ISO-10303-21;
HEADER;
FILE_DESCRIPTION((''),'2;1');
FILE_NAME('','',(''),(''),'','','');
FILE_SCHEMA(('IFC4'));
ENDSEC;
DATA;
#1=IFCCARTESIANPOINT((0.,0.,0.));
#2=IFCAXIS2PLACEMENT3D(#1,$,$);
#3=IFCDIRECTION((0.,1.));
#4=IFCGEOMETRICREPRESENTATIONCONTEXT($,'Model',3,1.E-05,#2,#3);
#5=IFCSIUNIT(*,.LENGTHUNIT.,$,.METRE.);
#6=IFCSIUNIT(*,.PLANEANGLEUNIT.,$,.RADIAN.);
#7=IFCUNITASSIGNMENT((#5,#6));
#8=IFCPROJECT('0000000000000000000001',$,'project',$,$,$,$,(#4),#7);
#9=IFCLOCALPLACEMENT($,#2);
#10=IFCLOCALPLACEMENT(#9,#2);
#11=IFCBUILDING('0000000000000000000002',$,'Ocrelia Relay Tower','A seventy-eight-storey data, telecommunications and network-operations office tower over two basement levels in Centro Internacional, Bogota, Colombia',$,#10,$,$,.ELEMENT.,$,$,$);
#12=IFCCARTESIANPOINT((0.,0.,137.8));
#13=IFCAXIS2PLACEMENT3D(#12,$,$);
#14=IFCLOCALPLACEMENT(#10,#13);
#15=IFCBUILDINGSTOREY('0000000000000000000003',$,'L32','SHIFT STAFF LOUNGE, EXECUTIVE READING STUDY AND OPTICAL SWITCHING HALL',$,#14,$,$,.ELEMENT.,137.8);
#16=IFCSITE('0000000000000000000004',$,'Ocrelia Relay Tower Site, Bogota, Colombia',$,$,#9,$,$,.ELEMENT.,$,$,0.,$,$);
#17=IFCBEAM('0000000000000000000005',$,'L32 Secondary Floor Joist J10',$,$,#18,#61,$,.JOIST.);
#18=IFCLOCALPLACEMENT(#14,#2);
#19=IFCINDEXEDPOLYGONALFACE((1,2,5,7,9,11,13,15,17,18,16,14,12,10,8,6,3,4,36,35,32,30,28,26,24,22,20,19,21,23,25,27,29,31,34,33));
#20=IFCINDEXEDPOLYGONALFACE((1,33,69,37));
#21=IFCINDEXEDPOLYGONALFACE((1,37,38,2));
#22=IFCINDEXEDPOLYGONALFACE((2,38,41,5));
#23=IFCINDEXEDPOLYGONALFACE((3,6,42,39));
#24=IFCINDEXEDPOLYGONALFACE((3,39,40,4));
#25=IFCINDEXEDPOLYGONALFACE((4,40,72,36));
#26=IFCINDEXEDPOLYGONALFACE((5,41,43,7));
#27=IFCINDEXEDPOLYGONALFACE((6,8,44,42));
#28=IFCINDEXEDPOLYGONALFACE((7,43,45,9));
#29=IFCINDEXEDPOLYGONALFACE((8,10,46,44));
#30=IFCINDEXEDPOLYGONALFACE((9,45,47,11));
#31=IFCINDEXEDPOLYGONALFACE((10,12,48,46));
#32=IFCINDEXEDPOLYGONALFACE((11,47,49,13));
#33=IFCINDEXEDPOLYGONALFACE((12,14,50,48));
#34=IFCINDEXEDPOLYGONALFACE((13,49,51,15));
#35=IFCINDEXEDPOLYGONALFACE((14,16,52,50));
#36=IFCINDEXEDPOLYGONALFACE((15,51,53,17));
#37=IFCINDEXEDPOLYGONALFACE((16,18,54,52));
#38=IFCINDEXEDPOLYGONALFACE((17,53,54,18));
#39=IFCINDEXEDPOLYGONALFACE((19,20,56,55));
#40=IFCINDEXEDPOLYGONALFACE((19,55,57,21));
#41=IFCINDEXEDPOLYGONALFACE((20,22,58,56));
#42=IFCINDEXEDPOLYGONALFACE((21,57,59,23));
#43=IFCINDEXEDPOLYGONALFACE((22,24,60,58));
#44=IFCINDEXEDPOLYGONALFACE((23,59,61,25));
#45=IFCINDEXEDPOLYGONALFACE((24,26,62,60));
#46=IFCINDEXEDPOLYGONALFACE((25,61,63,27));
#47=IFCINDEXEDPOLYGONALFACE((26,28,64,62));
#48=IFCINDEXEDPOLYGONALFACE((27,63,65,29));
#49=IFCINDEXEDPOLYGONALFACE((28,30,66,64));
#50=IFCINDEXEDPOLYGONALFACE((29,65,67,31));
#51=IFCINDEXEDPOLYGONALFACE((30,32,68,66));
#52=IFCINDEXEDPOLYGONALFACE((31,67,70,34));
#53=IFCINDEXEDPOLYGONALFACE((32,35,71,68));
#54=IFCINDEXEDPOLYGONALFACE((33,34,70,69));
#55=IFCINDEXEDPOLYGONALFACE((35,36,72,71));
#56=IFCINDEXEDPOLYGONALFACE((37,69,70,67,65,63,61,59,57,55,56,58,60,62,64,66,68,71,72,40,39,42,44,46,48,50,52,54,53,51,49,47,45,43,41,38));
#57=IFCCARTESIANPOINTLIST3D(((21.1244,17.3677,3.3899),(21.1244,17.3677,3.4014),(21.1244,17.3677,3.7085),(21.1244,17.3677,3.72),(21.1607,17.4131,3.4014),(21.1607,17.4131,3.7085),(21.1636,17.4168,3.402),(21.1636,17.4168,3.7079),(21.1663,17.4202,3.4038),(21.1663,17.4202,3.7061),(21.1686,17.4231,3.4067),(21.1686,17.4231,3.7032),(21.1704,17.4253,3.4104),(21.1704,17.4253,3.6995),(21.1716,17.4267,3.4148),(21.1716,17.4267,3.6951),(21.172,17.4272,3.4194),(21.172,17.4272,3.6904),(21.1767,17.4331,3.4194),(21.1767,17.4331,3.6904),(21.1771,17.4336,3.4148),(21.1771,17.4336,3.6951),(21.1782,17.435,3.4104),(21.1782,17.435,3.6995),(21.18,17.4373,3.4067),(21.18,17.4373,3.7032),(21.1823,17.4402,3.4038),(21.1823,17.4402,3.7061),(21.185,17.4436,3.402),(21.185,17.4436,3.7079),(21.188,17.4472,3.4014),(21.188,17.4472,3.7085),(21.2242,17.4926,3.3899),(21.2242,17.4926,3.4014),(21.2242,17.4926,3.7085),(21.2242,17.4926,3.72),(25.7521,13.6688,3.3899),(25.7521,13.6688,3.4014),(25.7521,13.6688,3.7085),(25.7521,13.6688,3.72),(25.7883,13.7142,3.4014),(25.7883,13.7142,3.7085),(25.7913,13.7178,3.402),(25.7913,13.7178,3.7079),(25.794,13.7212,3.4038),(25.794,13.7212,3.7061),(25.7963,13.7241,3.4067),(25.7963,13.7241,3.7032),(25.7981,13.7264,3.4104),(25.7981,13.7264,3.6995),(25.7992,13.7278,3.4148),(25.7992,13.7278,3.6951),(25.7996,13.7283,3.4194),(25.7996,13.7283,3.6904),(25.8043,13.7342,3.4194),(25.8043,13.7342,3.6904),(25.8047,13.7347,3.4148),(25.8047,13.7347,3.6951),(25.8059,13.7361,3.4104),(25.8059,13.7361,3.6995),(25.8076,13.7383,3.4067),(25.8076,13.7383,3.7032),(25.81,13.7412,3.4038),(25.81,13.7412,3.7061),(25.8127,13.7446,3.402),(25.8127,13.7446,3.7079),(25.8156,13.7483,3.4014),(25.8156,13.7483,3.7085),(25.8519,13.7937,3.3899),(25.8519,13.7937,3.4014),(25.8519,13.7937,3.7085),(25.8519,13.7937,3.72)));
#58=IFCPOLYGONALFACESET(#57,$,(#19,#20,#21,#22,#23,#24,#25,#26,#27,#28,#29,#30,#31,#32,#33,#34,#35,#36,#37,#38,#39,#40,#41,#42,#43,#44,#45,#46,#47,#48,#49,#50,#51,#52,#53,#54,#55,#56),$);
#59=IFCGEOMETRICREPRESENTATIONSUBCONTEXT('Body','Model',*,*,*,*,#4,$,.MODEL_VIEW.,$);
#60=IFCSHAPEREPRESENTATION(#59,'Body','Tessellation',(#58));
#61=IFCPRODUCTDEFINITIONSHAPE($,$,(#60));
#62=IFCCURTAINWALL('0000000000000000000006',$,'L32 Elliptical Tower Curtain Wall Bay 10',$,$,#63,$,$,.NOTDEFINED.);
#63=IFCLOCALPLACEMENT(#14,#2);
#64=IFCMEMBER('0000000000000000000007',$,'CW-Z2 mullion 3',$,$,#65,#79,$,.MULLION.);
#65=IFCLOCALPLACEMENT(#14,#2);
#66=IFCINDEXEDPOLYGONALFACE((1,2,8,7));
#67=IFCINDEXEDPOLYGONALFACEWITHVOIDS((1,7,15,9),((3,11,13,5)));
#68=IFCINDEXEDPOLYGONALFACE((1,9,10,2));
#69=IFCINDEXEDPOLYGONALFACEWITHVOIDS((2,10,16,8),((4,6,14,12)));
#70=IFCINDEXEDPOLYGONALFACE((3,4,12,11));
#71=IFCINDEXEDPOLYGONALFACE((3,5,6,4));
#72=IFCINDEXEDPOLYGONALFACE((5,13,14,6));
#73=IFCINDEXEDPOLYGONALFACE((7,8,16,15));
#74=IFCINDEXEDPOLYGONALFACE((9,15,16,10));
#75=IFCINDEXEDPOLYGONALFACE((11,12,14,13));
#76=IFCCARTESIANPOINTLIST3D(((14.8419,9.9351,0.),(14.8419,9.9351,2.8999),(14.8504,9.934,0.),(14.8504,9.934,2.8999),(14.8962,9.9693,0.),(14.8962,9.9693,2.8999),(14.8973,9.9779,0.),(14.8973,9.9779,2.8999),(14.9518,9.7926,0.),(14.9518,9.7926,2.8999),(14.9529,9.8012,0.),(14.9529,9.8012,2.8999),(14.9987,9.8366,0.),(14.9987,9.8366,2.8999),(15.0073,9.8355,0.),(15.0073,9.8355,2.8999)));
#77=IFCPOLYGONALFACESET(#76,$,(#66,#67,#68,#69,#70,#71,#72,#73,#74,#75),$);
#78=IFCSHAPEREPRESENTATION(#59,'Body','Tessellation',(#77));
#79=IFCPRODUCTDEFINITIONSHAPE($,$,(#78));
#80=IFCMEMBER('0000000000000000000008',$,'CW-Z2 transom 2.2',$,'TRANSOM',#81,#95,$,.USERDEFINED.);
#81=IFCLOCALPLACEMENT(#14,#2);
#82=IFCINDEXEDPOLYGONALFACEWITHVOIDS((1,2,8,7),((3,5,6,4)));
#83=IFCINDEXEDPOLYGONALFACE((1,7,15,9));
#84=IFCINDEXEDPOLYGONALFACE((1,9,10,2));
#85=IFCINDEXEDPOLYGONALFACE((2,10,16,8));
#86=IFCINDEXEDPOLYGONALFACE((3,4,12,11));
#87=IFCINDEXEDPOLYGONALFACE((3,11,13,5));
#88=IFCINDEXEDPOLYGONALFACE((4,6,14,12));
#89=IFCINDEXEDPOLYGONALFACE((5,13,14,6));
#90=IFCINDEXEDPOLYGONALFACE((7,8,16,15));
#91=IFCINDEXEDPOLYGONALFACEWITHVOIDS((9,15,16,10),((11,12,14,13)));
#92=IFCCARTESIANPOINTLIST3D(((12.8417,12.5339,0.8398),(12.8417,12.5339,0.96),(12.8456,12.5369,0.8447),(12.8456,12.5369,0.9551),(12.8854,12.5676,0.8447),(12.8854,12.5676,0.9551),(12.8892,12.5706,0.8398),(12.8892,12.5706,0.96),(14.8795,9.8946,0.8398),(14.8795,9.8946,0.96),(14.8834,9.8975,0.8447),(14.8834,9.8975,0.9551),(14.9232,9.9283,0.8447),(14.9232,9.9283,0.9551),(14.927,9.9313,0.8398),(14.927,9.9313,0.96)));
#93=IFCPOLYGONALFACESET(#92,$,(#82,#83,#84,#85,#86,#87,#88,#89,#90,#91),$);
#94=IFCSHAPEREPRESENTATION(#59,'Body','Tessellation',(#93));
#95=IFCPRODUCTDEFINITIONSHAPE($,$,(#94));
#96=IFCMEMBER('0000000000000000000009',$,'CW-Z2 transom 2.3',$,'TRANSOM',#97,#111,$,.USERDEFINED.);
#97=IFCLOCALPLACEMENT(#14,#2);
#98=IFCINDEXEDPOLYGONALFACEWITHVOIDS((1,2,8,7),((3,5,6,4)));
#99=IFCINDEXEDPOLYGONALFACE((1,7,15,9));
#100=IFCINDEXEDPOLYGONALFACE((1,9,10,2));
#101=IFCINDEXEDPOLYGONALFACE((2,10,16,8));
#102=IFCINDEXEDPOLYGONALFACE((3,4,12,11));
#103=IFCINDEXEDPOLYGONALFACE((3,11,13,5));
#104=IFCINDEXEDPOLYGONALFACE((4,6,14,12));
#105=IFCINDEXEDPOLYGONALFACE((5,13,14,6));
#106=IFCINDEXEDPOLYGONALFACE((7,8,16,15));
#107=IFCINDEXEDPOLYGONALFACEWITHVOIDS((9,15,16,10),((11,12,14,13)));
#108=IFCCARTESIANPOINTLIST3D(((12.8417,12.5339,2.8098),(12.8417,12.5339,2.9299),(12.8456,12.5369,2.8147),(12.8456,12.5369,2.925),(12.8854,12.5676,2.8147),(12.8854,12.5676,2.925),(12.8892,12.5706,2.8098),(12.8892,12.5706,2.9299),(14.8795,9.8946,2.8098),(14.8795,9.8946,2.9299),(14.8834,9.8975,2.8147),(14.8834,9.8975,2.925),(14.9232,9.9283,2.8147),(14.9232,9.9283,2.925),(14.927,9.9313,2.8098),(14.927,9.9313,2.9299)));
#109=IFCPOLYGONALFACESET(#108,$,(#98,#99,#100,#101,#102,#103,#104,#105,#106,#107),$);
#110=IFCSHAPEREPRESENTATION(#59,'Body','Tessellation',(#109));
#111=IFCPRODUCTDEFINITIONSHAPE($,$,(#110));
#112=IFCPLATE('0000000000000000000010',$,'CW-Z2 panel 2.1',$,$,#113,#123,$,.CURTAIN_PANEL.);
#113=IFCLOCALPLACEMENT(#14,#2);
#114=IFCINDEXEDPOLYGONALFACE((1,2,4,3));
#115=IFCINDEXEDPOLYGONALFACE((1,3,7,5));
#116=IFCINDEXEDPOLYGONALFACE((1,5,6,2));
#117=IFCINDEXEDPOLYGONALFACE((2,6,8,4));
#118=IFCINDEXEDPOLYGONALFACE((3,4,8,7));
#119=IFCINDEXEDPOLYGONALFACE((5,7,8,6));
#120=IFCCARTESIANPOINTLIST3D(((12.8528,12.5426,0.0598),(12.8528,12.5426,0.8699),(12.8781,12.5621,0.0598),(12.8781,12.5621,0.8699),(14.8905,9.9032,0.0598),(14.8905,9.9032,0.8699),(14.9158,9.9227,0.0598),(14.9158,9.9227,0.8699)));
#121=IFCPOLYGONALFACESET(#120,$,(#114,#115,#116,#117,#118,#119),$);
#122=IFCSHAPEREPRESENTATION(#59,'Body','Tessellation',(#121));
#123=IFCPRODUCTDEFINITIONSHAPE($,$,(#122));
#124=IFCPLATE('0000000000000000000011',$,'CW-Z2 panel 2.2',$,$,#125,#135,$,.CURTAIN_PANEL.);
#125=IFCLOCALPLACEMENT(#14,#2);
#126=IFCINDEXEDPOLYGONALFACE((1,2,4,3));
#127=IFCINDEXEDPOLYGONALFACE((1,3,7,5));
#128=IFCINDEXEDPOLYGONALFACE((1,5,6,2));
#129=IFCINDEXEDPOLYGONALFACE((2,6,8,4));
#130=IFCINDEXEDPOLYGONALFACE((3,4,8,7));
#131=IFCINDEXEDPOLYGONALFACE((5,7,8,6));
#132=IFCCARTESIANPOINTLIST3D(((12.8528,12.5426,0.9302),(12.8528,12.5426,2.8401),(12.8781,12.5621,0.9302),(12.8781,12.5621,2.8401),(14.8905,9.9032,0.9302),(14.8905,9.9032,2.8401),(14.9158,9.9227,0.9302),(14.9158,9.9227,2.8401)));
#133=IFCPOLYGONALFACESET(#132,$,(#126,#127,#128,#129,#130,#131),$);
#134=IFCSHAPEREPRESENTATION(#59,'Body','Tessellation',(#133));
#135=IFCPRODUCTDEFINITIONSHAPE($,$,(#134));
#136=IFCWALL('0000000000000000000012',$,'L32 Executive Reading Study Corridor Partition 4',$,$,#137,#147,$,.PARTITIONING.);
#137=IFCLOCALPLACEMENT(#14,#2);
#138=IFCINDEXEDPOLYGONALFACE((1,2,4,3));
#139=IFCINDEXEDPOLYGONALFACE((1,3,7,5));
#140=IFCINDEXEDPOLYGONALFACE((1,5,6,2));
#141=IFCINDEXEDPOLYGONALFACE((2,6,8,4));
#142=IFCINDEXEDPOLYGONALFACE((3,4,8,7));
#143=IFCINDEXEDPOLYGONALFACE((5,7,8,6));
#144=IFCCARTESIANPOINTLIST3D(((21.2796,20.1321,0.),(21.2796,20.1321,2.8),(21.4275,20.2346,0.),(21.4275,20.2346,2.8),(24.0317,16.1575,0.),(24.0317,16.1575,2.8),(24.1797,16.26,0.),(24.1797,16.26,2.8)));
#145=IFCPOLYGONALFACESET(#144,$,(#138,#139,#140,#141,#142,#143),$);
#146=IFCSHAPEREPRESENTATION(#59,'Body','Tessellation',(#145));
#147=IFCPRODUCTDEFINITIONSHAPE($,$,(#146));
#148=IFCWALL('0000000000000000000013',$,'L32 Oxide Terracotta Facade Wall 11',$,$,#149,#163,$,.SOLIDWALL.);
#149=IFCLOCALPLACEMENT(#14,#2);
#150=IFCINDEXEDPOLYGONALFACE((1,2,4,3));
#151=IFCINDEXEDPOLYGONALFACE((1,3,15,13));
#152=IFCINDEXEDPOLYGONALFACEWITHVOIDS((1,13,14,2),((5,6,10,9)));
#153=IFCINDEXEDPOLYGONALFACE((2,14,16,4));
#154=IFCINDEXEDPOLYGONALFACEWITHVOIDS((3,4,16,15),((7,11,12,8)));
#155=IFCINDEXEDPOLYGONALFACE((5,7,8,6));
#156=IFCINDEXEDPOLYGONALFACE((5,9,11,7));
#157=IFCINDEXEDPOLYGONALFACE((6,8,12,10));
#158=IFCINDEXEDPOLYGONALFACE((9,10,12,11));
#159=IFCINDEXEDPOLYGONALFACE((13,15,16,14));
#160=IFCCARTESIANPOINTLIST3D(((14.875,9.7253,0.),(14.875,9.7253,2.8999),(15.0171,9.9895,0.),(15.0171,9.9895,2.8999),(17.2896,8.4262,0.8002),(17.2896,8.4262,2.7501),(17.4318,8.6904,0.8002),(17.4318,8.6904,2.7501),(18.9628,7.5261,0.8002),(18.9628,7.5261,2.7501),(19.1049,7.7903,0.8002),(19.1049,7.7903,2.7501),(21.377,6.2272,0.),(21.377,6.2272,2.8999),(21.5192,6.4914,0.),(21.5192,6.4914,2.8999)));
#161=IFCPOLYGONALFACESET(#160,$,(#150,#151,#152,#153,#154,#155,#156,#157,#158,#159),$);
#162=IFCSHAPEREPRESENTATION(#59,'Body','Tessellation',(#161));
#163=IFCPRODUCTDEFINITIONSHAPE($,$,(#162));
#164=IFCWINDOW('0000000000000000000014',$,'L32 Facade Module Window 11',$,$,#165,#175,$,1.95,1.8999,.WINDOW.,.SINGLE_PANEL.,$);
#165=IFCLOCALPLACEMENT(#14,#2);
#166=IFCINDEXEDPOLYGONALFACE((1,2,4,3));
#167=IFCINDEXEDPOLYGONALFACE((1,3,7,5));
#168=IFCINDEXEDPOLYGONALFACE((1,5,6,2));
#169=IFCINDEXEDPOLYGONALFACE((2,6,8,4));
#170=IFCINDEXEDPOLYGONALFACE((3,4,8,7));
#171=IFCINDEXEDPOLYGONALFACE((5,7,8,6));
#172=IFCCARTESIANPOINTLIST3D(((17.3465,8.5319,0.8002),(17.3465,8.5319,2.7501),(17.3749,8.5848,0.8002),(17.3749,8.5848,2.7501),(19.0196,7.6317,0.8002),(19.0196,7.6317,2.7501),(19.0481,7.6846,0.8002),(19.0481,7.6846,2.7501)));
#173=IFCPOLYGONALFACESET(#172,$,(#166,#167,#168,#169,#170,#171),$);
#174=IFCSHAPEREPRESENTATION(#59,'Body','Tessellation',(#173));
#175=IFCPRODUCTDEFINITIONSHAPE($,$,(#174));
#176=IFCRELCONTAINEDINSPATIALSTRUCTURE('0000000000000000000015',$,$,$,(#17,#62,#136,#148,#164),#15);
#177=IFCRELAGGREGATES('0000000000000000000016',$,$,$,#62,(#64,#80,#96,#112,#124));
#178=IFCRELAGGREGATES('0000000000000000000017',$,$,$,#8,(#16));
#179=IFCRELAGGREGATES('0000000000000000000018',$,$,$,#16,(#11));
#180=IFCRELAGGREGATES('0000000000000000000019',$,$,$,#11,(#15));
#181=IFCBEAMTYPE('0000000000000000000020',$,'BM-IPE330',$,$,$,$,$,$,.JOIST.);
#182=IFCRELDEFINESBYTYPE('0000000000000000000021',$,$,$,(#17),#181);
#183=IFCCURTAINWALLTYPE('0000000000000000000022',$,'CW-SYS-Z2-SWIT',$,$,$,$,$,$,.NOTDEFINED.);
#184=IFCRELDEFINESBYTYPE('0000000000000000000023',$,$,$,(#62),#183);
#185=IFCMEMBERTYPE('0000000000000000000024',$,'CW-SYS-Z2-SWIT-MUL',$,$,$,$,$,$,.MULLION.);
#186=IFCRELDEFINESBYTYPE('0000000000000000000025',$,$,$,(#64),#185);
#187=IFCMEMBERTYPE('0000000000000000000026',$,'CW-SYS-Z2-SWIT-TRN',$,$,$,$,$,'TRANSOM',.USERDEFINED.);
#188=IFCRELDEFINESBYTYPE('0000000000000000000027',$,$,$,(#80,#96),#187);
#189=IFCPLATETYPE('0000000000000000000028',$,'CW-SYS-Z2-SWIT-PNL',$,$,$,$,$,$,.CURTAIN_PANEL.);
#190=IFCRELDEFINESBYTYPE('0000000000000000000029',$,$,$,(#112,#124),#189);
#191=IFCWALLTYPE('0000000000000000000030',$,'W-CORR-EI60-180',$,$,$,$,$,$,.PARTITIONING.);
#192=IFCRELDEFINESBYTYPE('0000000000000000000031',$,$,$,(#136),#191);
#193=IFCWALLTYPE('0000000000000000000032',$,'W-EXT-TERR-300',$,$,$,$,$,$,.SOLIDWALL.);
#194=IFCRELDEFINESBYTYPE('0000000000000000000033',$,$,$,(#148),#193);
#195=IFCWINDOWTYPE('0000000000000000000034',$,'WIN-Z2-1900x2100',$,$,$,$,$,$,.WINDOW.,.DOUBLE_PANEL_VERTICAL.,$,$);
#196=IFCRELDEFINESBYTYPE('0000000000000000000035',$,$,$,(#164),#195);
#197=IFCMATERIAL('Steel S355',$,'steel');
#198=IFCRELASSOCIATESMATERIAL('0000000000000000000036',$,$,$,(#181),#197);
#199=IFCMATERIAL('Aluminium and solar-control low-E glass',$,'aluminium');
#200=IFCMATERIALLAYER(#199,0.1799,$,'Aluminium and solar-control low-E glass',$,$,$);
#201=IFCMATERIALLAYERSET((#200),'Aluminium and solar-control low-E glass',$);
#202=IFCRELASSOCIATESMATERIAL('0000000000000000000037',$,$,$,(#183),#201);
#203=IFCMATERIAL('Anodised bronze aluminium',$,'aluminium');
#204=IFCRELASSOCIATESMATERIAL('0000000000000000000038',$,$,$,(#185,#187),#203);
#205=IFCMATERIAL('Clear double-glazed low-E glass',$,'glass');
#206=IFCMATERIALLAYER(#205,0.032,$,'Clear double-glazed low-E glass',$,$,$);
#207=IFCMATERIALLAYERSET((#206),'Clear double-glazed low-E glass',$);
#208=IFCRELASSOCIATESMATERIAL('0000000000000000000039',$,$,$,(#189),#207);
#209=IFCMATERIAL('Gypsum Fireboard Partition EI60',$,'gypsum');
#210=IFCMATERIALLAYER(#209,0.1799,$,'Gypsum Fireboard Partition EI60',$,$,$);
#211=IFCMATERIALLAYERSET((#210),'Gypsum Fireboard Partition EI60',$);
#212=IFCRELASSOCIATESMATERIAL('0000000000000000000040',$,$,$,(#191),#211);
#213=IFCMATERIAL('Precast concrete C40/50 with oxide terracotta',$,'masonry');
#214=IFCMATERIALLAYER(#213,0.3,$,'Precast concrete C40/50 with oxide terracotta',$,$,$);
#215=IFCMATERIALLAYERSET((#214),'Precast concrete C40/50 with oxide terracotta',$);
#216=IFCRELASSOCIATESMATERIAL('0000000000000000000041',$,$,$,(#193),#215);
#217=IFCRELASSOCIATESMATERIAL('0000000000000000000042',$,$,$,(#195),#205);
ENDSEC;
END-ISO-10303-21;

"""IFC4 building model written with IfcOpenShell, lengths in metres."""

from ifc_helpers import new_model, si_unit, direction, frame, frame_2d, origin, origin_2d, place, context, subcontext, project, spatial, rectangle, hollow_rectangle, i_section, extrude, material, layer, layer_set, material_profile, profile_set, type_object, element, fill, aggregate, save


model = new_model("IFC4")

# Units and contexts
model_context = context("Model", 3, precision=1e-05, world=origin(), true_north=direction((0.0, 1.0)))
body_context = subcontext(model_context, "Body", "Model", "MODEL_VIEW")
ifc_project = project(units=[si_unit("LENGTHUNIT", "METRE"), si_unit("PLANEANGLEUNIT", "RADIAN")], contexts=[model_context])

# Site, building, storey
site_placement = place(None, origin())
site = spatial("IfcSite", under=ifc_project, at=site_placement, Name="Ocrelia Relay Tower Site, Bogota, Colombia", CompositionType="ELEMENT", RefElevation=0.0)
building_placement = place(site_placement, origin())
building = spatial("IfcBuilding", under=site, at=building_placement, Name="Ocrelia Relay Tower", Description="A seventy-eight-storey data, telecommunications and network-operations office tower over two basement levels in Centro Internacional, Bogota, Colombia", CompositionType="ELEMENT")
storey_placement = place(building_placement, frame((0.0, 0.0, 137.8)))
storey = spatial("IfcBuildingStorey", under=building, at=storey_placement, Name="L32", Description="SHIFT STAFF LOUNGE, EXECUTIVE READING STUDY AND OPTICAL SWITCHING HALL", CompositionType="ELEMENT", Elevation=137.8)

# Beam
ifc_material_1 = material(Name="Steel S355", Category="steel")
ifc_material_profile_1 = material_profile(ifc_material_1, i_section(OverallWidth=0.1599, OverallDepth=0.3301, WebThickness=0.0076, FlangeThickness=0.0115, FilletRadius=0.0181, at=origin_2d()), Name="IPE 330")
ifc_profile_set_1 = profile_set([ifc_material_profile_1], Name="Steel S355")
beam_type_1 = type_object("IfcBeamType", Name="BM-IPE330", PredefinedType="JOIST", material=ifc_profile_set_1)
beam_1_placement = place(storey_placement, frame((21.1743, 17.4302, 3.5549), z_axis=(0.78113, -0.624368, 0.0), x_axis=(0.624368, 0.78113, 0.0)))
element("IfcBeam", 1, at=beam_1_placement, inside=storey, type_object=beam_type_1, Name="L32 Secondary Floor Joist J10", PredefinedType="JOIST", context=body_context, shape_type="SweptSolid", body=[
    extrude(i_section(OverallWidth=0.1599, OverallDepth=0.3301, WebThickness=0.0076, FlangeThickness=0.0115, FilletRadius=0.0181, at=origin_2d()), origin(), (0.0, 0.0, 1.0), 5.9243),
])

# Curtain wall, members, plates
ifc_material_2 = material(Name="Aluminium and solar-control low-E glass", Category="aluminium")
ifc_layer_1 = layer(ifc_material_2, 0.1799, Name="Aluminium and solar-control low-E glass")
ifc_layer_set_1 = layer_set([ifc_layer_1], Name="Aluminium and solar-control low-E glass")
curtain_wall_type = type_object("IfcCurtainWallType", Name="CW-SYS-Z2-SWIT", PredefinedType="NOTDEFINED", material=ifc_layer_set_1)
curtain_wall_placement = place(storey_placement, origin())
curtain_wall = element("IfcCurtainWall", 2, at=curtain_wall_placement, inside=storey, type_object=curtain_wall_type, Name="L32 Elliptical Tower Curtain Wall Bay 10", PredefinedType="NOTDEFINED")
ifc_material_3 = material(Name="Anodised bronze aluminium", Category="aluminium")
ifc_material_profile_2 = material_profile(ifc_material_3, hollow_rectangle(XDim=0.0701, YDim=0.1799, WallThickness=0.0061, at=origin_2d()), Name="CW-MUL-180x70")
ifc_profile_set_2 = profile_set([ifc_material_profile_2], Name="Anodised bronze aluminium")
member_type_1 = type_object("IfcMemberType", Name="CW-SYS-Z2-SWIT-MUL", PredefinedType="MULLION", material=ifc_profile_set_2)
member_1_placement = place(storey_placement, frame((14.9246, 9.8853, 0.0), z_axis=(0.0, 0.0, 1.0), x_axis=(0.791551, 0.611104, 0.0)))
member_1 = element("IfcMember", 3, at=member_1_placement, type_object=member_type_1, Name="CW-Z2 mullion 3", PredefinedType="MULLION", context=body_context, shape_type="SweptSolid", body=[
    extrude(hollow_rectangle(XDim=0.0701, YDim=0.1799, WallThickness=0.0061, at=origin_2d()), origin(), (0.0, 0.0, 1.0), 2.8999),
])
ifc_material_profile_3 = material_profile(ifc_material_3, hollow_rectangle(XDim=0.0601, YDim=0.1201, WallThickness=0.0049, at=origin_2d()), Name="CW-TRN-120x60")
ifc_profile_set_3 = profile_set([ifc_material_profile_3], Name="Anodised bronze aluminium")
member_type_2 = type_object("IfcMemberType", Name="CW-SYS-Z2-SWIT-TRN", ElementType="TRANSOM", PredefinedType="USERDEFINED", material=ifc_profile_set_3)
member_2_placement = place(storey_placement, frame((12.8655, 12.5522, 0.8999), z_axis=(0.611129, -0.791531, 0.0), x_axis=(0.791531, 0.611129, 0.0)))
member_2 = element("IfcMember", 4, at=member_2_placement, type_object=member_type_2, Name="CW-Z2 transom 2.2", ObjectType="TRANSOM", PredefinedType="USERDEFINED", context=body_context, shape_type="SweptSolid", body=[
    extrude(hollow_rectangle(XDim=0.0601, YDim=0.1201, WallThickness=0.0049, at=origin_2d()), origin(), (0.0, 0.0, 1.0), 3.3345),
])
member_3_placement = place(storey_placement, frame((12.8655, 12.5522, 2.8699), z_axis=(0.611129, -0.791531, 0.0), x_axis=(0.791531, 0.611129, 0.0)))
member_3 = element("IfcMember", 5, at=member_3_placement, type_object=member_type_2, Name="CW-Z2 transom 2.3", ObjectType="TRANSOM", PredefinedType="USERDEFINED", context=body_context, shape_type="SweptSolid", body=[
    extrude(hollow_rectangle(XDim=0.0601, YDim=0.1201, WallThickness=0.0049, at=origin_2d()), origin(), (0.0, 0.0, 1.0), 3.3345),
])
ifc_material_4 = material(Name="Clear double-glazed low-E glass", Category="glass")
ifc_layer_2 = layer(ifc_material_4, 0.032, Name="Clear double-glazed low-E glass")
ifc_layer_set_2 = layer_set([ifc_layer_2], Name="Clear double-glazed low-E glass")
plate_type = type_object("IfcPlateType", Name="CW-SYS-Z2-SWIT-PNL", PredefinedType="CURTAIN_PANEL", material=ifc_layer_set_2)
plate_1_placement = place(storey_placement, frame((13.8843, 11.2327, 0.0598), z_axis=(0.0, 0.0, 1.0), x_axis=(0.611104, -0.791551, 0.0)))
plate_1 = element("IfcPlate", 6, at=plate_1_placement, type_object=plate_type, Name="CW-Z2 panel 2.1", PredefinedType="CURTAIN_PANEL", context=body_context, shape_type="SweptSolid", body=[
    extrude(rectangle(XDim=3.3345, YDim=0.032, at=origin_2d()), origin(), (0.0, 0.0, 1.0), 0.8101),
])
plate_2_placement = place(storey_placement, frame((13.8843, 11.2327, 0.9302), z_axis=(0.0, 0.0, 1.0), x_axis=(0.611104, -0.791551, 0.0)))
plate_2 = element("IfcPlate", 7, at=plate_2_placement, type_object=plate_type, Name="CW-Z2 panel 2.2", PredefinedType="CURTAIN_PANEL", context=body_context, shape_type="SweptSolid", body=[
    extrude(rectangle(XDim=3.3345, YDim=0.032, at=origin_2d()), origin(), (0.0, 0.0, 1.0), 1.9099),
])
aggregate(curtain_wall, [member_1, member_2, member_3, plate_1, plate_2])

# Wall
ifc_material_5 = material(Name="Gypsum Fireboard Partition EI60", Category="gypsum")
ifc_layer_3 = layer(ifc_material_5, 0.1799, Name="Gypsum Fireboard Partition EI60")
ifc_layer_set_3 = layer_set([ifc_layer_3], Name="Gypsum Fireboard Partition EI60")
wall_type_1 = type_object("IfcWallType", Name="W-CORR-EI60-180", PredefinedType="PARTITIONING", material=ifc_layer_set_3)
wall_1_placement = place(storey_placement, frame((21.3535, 20.1833, 0.0), z_axis=(0.0, 0.0, 1.0), x_axis=(0.569286, -0.822139, 0.0)))
element("IfcWall", 8, at=wall_1_placement, inside=storey, type_object=wall_type_1, Name="L32 Executive Reading Study Corridor Partition 4", PredefinedType="PARTITIONING", context=body_context, shape_type="SweptSolid", body=[
    extrude(rectangle(XDim=4.8345, YDim=0.1799, at=frame_2d((2.4172, 0.0))), origin(), (0.0, 0.0, 1.0), 2.8),
])

# Wall, opening, window
ifc_material_6 = material(Name="Precast concrete C40/50 with oxide terracotta", Category="masonry")
ifc_layer_4 = layer(ifc_material_6, 0.3, Name="Precast concrete C40/50 with oxide terracotta")
ifc_layer_set_4 = layer_set([ifc_layer_4], Name="Precast concrete C40/50 with oxide terracotta")
wall_type_2 = type_object("IfcWallType", Name="W-EXT-TERR-300", PredefinedType="SOLIDWALL", material=ifc_layer_set_4)
wall_2_placement = place(storey_placement, frame((14.946, 9.8574, 0.0), z_axis=(0.0, 0.0, 1.0), x_axis=(0.880641, -0.473784, 0.0)))
wall_2 = element("IfcWall", 9, at=wall_2_placement, inside=storey, type_object=wall_type_2, Name="L32 Oxide Terracotta Facade Wall 11", PredefinedType="SOLIDWALL", context=body_context, shape_type="SweptSolid", body=[
    extrude(rectangle(XDim=7.3833, YDim=0.3, at=frame_2d((3.6917, 0.0))), origin(), (0.0, 0.0, 1.0), 2.8999),
])
opening_1_placement = place(wall_2_placement, frame((2.7419, 0.0, 0.8)))
opening_1 = element("IfcOpeningElement", 10, at=opening_1_placement, cuts=wall_2, PredefinedType="OPENING", context=body_context, shape_type="SweptSolid", body=[
    extrude(rectangle(XDim=1.8999, YDim=1.95, at=frame_2d((0.95, 0.9751))), frame((0.0, 0.1602, 0.0), z_axis=(0.0, -1.0, 0.0), x_axis=(1.0, 0.0, 0.0)), (0.0, 0.0, 1.0), 0.3201),
])
window_type = type_object("IfcWindowType", Name="WIN-Z2-1900x2100", PartitioningType="DOUBLE_PANEL_VERTICAL", PredefinedType="WINDOW", material=ifc_material_4)
window_1_placement = place(opening_1_placement, origin())
window_1 = element("IfcWindow", 11, at=window_1_placement, inside=storey, type_object=window_type, Name="L32 Facade Module Window 11", OverallHeight=1.95, OverallWidth=1.8999, PartitioningType="SINGLE_PANEL", PredefinedType="WINDOW", context=body_context, shape_type="SweptSolid", body=[
    extrude(rectangle(XDim=1.8999, YDim=1.95, at=frame_2d((0.95, 0.9751))), frame((0.0, 0.03, 0.0), z_axis=(0.0, -1.0, 0.0), x_axis=(1.0, 0.0, 0.0)), (0.0, 0.0, 1.0), 0.0601),
])
fill(opening_1, window_1)

save(model, "model.ifc")
